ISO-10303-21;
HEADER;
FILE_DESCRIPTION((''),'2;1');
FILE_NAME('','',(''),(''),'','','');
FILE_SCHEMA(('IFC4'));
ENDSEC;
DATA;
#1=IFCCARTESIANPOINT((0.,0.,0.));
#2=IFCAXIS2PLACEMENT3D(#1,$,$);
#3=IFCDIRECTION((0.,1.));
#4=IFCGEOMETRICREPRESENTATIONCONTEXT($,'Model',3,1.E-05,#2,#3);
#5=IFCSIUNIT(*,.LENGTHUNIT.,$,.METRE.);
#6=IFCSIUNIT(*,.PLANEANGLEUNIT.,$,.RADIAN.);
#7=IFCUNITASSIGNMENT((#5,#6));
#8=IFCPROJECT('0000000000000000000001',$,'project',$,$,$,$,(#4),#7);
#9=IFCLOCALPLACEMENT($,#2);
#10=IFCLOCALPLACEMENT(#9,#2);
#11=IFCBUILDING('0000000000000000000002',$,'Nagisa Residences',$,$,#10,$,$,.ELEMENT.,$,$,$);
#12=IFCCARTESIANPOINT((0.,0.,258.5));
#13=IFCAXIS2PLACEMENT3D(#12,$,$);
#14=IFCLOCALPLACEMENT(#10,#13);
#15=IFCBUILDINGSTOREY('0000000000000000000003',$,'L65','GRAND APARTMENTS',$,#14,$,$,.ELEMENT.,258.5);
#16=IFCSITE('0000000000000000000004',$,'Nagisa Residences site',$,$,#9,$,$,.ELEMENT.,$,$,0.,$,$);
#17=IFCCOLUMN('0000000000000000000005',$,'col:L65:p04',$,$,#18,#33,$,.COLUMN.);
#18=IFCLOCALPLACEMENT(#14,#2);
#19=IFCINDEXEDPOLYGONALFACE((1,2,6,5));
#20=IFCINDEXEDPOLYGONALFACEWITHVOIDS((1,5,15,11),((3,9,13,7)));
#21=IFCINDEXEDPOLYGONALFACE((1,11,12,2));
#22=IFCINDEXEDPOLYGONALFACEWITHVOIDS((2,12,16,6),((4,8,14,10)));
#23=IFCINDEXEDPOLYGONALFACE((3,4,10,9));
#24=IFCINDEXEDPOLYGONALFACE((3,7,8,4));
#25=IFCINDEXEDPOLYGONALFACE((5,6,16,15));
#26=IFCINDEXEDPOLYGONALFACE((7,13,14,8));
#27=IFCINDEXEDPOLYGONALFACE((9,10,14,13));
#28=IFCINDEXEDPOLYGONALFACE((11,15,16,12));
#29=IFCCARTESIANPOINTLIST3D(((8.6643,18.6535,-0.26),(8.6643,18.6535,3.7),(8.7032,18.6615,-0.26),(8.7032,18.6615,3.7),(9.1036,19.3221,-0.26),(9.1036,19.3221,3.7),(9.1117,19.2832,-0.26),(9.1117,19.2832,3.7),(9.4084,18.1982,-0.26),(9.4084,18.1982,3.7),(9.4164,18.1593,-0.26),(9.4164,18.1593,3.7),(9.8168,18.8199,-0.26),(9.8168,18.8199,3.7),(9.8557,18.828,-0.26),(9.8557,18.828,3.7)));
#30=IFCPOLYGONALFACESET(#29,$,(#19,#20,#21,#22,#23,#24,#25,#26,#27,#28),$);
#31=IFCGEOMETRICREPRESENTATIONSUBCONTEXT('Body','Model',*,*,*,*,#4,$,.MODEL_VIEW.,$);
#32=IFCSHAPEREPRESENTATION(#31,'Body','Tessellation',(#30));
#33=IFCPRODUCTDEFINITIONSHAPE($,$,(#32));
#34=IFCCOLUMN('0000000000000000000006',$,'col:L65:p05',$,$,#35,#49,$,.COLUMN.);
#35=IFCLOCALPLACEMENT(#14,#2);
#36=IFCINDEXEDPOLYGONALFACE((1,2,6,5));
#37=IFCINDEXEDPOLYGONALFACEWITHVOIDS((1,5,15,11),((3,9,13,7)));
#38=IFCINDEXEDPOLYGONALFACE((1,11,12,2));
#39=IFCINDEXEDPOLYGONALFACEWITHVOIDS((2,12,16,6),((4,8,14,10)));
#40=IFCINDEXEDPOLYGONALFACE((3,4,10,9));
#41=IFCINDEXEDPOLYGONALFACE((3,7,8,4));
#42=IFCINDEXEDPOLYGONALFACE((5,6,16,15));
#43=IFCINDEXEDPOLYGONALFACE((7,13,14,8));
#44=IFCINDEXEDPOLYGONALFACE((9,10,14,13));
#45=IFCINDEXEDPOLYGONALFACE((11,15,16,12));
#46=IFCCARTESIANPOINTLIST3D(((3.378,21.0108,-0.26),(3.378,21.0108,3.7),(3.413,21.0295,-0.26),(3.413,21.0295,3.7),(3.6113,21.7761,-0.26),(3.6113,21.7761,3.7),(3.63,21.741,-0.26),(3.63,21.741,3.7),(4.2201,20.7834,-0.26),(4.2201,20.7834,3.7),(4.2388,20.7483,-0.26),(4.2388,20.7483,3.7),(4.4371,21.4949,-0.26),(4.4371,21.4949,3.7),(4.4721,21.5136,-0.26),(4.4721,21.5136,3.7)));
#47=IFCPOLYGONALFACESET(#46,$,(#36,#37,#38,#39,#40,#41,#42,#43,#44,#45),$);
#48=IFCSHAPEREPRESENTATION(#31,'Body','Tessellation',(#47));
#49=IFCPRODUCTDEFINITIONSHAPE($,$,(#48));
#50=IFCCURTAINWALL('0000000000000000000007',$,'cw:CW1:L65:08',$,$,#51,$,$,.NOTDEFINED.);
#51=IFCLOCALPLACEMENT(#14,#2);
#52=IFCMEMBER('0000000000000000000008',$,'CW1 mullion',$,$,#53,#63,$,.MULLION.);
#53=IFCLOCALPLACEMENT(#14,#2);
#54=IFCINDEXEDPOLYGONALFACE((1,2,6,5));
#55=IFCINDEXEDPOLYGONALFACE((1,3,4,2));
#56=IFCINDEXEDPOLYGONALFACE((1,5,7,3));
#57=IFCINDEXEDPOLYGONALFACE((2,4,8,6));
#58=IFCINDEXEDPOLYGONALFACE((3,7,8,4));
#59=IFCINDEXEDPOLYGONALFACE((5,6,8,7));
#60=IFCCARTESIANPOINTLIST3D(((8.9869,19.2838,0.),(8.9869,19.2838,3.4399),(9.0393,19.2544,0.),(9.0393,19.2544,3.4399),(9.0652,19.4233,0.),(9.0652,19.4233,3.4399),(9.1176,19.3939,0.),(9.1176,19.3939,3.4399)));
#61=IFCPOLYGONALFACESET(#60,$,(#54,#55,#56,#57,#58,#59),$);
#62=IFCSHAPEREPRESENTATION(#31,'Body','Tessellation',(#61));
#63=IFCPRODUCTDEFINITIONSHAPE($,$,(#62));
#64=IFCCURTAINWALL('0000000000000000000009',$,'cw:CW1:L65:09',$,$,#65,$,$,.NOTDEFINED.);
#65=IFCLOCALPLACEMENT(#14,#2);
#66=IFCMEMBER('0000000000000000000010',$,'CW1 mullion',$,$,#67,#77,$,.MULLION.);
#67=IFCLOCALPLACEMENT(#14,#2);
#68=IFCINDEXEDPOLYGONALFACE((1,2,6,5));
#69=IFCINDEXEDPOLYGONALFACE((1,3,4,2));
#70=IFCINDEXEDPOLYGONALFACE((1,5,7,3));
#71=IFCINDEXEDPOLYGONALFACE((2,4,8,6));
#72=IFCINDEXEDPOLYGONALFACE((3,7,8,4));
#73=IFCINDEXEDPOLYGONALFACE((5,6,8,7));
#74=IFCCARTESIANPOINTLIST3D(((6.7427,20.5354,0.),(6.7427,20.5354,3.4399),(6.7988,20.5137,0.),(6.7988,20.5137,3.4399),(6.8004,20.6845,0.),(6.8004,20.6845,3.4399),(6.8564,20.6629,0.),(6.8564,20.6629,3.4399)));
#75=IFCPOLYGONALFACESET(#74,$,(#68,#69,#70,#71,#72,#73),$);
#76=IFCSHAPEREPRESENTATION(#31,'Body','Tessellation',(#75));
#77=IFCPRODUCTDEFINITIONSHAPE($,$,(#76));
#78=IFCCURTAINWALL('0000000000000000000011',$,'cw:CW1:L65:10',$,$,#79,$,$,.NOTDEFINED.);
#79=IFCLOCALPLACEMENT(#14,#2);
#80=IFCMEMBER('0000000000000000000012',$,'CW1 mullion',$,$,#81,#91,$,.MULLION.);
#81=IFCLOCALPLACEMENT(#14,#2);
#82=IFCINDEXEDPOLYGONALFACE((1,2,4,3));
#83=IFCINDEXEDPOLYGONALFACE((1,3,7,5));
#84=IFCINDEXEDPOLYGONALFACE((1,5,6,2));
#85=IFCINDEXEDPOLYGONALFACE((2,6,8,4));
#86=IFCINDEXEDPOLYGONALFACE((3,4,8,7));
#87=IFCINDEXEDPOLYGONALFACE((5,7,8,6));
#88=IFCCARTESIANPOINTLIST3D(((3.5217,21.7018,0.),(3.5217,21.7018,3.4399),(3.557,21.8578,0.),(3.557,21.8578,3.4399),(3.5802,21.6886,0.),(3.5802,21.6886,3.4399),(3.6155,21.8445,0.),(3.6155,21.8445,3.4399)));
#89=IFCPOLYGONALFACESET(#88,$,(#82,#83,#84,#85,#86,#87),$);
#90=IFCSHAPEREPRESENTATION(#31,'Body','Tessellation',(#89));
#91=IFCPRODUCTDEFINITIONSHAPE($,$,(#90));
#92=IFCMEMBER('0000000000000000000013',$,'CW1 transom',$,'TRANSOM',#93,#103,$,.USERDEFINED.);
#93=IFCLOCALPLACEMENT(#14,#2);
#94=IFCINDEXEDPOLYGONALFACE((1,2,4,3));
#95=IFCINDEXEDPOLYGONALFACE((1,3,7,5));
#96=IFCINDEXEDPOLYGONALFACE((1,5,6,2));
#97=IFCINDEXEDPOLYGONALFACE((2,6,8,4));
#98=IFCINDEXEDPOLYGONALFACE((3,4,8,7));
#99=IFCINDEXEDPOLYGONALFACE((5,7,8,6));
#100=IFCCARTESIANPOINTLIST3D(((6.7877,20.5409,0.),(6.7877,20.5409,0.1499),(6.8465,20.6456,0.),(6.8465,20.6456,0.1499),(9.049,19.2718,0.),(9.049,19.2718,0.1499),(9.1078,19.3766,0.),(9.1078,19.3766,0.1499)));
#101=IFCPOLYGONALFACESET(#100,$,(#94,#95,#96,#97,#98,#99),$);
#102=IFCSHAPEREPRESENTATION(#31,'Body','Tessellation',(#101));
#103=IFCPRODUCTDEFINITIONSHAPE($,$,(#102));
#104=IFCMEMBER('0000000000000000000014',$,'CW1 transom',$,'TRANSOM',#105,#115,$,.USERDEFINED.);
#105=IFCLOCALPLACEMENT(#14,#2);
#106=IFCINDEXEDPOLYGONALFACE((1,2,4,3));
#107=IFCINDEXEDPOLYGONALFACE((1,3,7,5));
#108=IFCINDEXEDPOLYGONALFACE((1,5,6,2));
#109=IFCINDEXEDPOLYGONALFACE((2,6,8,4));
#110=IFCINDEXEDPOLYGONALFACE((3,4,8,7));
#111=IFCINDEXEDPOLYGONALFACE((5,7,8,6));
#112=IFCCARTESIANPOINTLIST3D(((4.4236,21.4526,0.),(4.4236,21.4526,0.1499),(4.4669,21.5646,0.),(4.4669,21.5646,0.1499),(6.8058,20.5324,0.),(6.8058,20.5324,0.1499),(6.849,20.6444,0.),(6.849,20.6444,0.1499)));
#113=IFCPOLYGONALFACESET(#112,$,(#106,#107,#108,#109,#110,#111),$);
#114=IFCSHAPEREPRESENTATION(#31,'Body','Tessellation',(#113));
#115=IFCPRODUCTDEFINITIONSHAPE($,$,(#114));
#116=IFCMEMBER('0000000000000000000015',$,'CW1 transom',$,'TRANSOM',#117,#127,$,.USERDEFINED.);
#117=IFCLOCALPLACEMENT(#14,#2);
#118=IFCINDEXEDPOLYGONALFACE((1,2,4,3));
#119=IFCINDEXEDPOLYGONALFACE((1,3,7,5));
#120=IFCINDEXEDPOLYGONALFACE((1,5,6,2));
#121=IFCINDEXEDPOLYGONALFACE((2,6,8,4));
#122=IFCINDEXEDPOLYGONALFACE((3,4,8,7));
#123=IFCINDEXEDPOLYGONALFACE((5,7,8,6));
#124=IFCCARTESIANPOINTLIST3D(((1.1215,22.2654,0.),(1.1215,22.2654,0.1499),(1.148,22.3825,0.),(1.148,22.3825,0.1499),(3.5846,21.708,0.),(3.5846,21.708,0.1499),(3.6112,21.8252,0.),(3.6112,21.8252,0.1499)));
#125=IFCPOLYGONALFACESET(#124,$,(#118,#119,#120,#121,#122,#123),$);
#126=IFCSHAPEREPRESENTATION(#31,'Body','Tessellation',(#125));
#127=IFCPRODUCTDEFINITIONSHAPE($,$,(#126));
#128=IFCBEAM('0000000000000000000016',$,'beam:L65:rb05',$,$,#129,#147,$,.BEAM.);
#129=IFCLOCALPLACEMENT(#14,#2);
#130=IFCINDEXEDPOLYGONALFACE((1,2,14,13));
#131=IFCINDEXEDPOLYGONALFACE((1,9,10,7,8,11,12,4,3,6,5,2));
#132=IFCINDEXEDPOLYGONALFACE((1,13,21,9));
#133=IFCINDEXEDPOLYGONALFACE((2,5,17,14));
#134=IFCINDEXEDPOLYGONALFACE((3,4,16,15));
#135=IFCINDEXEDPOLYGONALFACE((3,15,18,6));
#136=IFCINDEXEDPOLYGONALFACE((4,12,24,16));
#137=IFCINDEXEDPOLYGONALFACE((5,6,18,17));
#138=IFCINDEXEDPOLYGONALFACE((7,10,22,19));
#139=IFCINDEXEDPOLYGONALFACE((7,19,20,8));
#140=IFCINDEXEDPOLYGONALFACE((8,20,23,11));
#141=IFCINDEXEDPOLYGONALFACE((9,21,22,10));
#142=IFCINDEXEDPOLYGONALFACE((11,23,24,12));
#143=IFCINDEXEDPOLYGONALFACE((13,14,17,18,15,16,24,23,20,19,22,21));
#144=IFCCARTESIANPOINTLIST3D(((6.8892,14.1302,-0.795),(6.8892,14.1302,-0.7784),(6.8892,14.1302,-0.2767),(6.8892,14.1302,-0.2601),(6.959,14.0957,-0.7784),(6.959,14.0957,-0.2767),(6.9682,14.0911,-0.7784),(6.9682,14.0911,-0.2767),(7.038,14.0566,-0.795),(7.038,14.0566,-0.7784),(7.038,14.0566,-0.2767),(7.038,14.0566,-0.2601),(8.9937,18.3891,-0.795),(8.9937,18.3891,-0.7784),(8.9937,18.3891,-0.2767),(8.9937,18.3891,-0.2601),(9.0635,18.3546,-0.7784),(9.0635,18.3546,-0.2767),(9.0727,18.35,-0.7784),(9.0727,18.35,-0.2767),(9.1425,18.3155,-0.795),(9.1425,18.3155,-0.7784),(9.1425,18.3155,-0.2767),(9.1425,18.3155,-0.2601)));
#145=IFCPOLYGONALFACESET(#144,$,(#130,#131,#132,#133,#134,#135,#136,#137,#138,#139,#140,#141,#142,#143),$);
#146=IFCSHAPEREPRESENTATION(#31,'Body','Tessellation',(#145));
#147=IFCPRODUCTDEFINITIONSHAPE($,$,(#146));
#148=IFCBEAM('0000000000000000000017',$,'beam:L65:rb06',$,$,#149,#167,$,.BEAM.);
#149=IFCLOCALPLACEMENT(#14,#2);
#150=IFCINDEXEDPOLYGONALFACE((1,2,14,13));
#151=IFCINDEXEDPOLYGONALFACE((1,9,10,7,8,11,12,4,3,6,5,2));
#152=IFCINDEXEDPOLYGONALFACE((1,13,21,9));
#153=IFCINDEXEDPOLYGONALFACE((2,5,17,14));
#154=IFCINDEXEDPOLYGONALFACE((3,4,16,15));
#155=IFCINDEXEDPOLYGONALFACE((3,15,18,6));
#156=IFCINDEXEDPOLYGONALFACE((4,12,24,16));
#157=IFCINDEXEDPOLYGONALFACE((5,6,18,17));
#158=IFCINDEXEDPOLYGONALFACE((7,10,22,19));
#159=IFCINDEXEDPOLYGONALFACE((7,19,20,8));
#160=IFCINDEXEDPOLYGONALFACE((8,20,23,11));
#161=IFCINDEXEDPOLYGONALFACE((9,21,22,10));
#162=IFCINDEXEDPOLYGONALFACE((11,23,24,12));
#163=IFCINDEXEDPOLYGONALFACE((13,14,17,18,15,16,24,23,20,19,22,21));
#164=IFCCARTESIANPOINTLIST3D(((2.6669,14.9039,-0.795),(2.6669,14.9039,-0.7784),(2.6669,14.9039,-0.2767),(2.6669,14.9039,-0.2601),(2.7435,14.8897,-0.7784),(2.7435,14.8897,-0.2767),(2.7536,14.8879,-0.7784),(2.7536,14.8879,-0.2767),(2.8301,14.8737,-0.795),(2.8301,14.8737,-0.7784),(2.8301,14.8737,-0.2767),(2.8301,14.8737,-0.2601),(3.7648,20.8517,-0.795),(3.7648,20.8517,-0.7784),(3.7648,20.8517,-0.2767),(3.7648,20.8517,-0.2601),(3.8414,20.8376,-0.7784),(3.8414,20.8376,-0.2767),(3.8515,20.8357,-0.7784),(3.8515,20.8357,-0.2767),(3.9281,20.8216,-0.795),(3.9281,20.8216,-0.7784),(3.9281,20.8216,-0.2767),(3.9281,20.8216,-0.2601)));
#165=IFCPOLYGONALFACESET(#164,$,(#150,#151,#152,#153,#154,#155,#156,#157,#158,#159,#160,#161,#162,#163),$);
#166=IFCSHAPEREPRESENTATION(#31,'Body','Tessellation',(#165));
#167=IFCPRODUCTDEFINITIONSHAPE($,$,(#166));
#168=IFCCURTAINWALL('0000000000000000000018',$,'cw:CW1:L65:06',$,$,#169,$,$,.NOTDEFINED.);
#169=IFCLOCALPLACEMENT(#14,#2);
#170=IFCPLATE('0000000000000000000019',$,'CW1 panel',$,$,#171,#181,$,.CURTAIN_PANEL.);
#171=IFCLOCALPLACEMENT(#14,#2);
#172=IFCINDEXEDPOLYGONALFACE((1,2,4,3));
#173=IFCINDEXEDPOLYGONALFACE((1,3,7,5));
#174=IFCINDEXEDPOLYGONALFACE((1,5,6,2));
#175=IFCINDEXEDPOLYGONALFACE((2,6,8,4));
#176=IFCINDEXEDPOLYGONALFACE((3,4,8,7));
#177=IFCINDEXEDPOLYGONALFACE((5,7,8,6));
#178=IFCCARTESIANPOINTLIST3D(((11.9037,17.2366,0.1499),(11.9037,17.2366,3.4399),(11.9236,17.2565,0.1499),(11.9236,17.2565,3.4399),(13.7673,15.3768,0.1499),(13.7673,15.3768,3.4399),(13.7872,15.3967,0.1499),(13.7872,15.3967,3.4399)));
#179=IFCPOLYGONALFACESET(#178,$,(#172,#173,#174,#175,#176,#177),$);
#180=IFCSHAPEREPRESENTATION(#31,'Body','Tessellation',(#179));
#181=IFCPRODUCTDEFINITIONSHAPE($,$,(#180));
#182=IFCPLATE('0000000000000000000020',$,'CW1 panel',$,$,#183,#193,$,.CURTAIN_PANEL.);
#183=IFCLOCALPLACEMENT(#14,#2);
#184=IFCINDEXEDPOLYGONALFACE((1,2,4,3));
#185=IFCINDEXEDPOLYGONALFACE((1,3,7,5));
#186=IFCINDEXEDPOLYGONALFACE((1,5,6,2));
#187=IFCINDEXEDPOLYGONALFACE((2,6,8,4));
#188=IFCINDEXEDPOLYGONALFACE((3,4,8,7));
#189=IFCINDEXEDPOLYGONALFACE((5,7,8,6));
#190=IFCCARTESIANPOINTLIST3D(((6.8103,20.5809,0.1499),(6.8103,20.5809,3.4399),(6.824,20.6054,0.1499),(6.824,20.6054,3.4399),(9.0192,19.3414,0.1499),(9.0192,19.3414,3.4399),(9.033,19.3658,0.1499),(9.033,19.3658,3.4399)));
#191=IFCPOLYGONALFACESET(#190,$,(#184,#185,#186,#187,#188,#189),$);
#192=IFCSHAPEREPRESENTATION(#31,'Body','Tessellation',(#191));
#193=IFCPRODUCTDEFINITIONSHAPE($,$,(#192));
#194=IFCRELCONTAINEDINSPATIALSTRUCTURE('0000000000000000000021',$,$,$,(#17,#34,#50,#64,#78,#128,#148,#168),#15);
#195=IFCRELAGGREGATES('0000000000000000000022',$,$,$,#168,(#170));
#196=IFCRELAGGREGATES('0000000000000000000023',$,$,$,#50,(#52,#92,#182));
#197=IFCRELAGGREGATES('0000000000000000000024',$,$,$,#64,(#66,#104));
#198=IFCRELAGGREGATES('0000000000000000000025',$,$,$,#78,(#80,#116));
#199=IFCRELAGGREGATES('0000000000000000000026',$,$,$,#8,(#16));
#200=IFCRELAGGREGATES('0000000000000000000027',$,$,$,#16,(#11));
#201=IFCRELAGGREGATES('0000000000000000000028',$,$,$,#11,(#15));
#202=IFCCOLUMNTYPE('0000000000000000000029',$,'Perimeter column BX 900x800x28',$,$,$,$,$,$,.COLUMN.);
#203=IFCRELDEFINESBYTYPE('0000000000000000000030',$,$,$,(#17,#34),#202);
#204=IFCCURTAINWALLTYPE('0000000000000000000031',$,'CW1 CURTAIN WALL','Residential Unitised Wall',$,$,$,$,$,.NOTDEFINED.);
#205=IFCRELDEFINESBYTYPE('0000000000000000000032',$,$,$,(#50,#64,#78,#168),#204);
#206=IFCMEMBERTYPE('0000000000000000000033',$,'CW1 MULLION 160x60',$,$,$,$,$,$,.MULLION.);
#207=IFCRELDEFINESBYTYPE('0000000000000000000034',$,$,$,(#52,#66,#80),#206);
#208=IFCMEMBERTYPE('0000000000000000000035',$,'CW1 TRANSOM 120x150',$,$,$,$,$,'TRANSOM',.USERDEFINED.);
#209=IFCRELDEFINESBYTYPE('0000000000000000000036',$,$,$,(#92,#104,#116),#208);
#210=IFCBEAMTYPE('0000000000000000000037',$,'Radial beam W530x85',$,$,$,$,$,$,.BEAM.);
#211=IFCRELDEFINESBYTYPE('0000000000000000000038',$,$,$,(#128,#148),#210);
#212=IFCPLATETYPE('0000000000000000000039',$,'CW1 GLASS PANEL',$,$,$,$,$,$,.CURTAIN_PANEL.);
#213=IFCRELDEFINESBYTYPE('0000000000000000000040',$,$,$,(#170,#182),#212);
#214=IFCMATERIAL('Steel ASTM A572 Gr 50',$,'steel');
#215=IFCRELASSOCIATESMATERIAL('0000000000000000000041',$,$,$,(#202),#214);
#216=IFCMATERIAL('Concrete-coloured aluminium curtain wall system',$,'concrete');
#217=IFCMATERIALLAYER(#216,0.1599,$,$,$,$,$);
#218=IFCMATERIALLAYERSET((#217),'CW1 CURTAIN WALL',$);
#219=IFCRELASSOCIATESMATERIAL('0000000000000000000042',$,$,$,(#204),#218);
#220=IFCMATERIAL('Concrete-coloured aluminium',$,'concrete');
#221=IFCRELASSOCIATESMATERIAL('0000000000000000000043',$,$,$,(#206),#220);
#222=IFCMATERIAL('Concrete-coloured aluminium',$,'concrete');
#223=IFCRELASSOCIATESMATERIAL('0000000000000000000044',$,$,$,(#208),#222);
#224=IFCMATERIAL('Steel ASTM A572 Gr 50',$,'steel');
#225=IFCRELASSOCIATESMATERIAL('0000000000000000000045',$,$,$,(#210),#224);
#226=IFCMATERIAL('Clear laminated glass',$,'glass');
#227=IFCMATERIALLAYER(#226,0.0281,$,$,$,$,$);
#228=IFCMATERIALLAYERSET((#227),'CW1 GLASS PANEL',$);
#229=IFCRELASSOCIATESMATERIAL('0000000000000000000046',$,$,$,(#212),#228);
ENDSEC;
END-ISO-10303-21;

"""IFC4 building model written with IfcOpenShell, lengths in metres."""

from ifc_helpers import new_model, si_unit, direction, frame, origin, origin_2d, place, context, subcontext, project, spatial, rectangle, hollow_rectangle, i_section, extrude, material, layer, layer_set, material_profile, profile_set, type_object, element, aggregate, save


model = new_model("IFC4")

# Units and contexts
model_context = context("Model", 3, precision=1e-05, world=origin(), true_north=direction((0.0, 1.0)))
body_context = subcontext(model_context, "Body", "Model", "MODEL_VIEW")
ifc_project = project(units=[si_unit("LENGTHUNIT", "METRE"), si_unit("PLANEANGLEUNIT", "RADIAN")], contexts=[model_context])

# Site, building, storey
site_placement = place(None, origin())
site = spatial("IfcSite", under=ifc_project, at=site_placement, Name="Nagisa Residences site", CompositionType="ELEMENT", RefElevation=0.0)
building_placement = place(site_placement, origin())
building = spatial("IfcBuilding", under=site, at=building_placement, Name="Nagisa Residences", CompositionType="ELEMENT")
storey_placement = place(building_placement, frame((0.0, 0.0, 258.5)))
storey = spatial("IfcBuildingStorey", under=building, at=storey_placement, Name="L65", Description="GRAND APARTMENTS", CompositionType="ELEMENT", Elevation=258.5)

# Columns
ifc_material_1 = material(Name="Steel ASTM A572 Gr 50", Category="steel")
ifc_material_profile_1 = material_profile(ifc_material_1, hollow_rectangle(XDim=0.8999, YDim=0.8, WallThickness=0.0281, at=origin_2d()), Name="BX 900x800x28")
ifc_profile_set_1 = profile_set([ifc_material_profile_1], Name="Steel ASTM A572 Gr 50")
column_type = type_object("IfcColumnType", Name="Perimeter column BX 900x800x28", PredefinedType="COLUMN", material=ifc_profile_set_1)
for number, where, z_axis, x_axis, name in (
    (1, (9.26, 18.7407, -0.26), (0.0, 0.0, 1.0), (-0.835766, 0.549086, 0.0), "col:L65:p04"),
    (2, (3.925, 21.2622, -0.26), (0.0, 0.0, 1.0), (-0.956525, 0.291652, 0.0), "col:L65:p05"),
):
    element("IfcColumn", number, at=place(storey_placement, frame(where, z_axis=z_axis, x_axis=x_axis)), inside=storey, type_object=column_type, Name=name, PredefinedType="COLUMN", context=body_context, shape_type="SweptSolid", body=[
        extrude(hollow_rectangle(XDim=0.8999, YDim=0.8, WallThickness=0.0281, at=origin_2d()), origin(), (0.0, 0.0, 1.0), 3.96),
    ])

# Curtain walls, members
ifc_material_2 = material(Name="Concrete-coloured aluminium curtain wall system", Category="concrete")
ifc_layer_1 = layer(ifc_material_2, 0.1599)
ifc_layer_set_1 = layer_set([ifc_layer_1], Name="CW1 CURTAIN WALL")
curtain_wall_type = type_object("IfcCurtainWallType", Name="CW1 CURTAIN WALL", Description="Residential Unitised Wall", PredefinedType="NOTDEFINED", material=ifc_layer_set_1)
curtain_wall_1_placement = place(storey_placement, origin())
curtain_wall_1 = element("IfcCurtainWall", 3, at=curtain_wall_1_placement, inside=storey, type_object=curtain_wall_type, Name="cw:CW1:L65:08", PredefinedType="NOTDEFINED")
ifc_material_3 = material(Name="Concrete-coloured aluminium", Category="concrete")
ifc_material_profile_2 = material_profile(ifc_material_3, rectangle(XDim=0.1599, YDim=0.0601, at=origin_2d()), Name="CW1 MULLION 160x60")
ifc_profile_set_2 = profile_set([ifc_material_profile_2], Name="Concrete-coloured aluminium")
member_type_1 = type_object("IfcMemberType", Name="CW1 MULLION 160x60", PredefinedType="MULLION", material=ifc_profile_set_2)
member_1_placement = place(storey_placement, frame((9.0522, 19.3389, 0.0), z_axis=(0.0, 0.0, 1.0), x_axis=(-0.489377, -0.872072, 0.0)))
member_1 = element("IfcMember", 4, at=member_1_placement, type_object=member_type_1, Name="CW1 mullion", PredefinedType="MULLION", context=body_context, shape_type="SweptSolid", body=[
    extrude(rectangle(XDim=0.1599, YDim=0.0601, at=origin_2d()), origin(), (0.0, 0.0, 1.0), 3.4399),
])
curtain_wall_2_placement = place(storey_placement, origin())
curtain_wall_2 = element("IfcCurtainWall", 5, at=curtain_wall_2_placement, inside=storey, type_object=curtain_wall_type, Name="cw:CW1:L65:09", PredefinedType="NOTDEFINED")
member_2_placement = place(storey_placement, frame((6.7996, 20.5991, 0.0), z_axis=(0.0, 0.0, 1.0), x_axis=(-0.360328, -0.932826, 0.0)))
member_2 = element("IfcMember", 6, at=member_2_placement, type_object=member_type_1, Name="CW1 mullion", PredefinedType="MULLION", context=body_context, shape_type="SweptSolid", body=[
    extrude(rectangle(XDim=0.1599, YDim=0.0601, at=origin_2d()), origin(), (0.0, 0.0, 1.0), 3.4399),
])
curtain_wall_3_placement = place(storey_placement, origin())
curtain_wall_3 = element("IfcCurtainWall", 7, at=curtain_wall_3_placement, inside=storey, type_object=curtain_wall_type, Name="cw:CW1:L65:10", PredefinedType="NOTDEFINED")
member_3_placement = place(storey_placement, frame((3.5686, 21.7732, 0.0), z_axis=(0.0, 0.0, 1.0), x_axis=(-0.220764, -0.975327, 0.0)))
member_3 = element("IfcMember", 8, at=member_3_placement, type_object=member_type_1, Name="CW1 mullion", PredefinedType="MULLION", context=body_context, shape_type="SweptSolid", body=[
    extrude(rectangle(XDim=0.1599, YDim=0.0601, at=origin_2d()), origin(), (0.0, 0.0, 1.0), 3.4399),
])

# Members
ifc_material_4 = material(Name="Concrete-coloured aluminium", Category="concrete")
ifc_material_profile_3 = material_profile(ifc_material_4, rectangle(XDim=0.1201, YDim=0.1499, at=origin_2d()), Name="CW1 TRANSOM 120x150")
ifc_profile_set_3 = profile_set([ifc_material_profile_3], Name="Concrete-coloured aluminium")
member_type_2 = type_object("IfcMemberType", Name="CW1 TRANSOM 120x150", ElementType="TRANSOM", PredefinedType="USERDEFINED", material=ifc_profile_set_3)
member_4_placement = place(storey_placement, frame((9.0784, 19.3242, 0.075), z_axis=(-0.872053, 0.489412, 0.0), x_axis=(-0.489412, -0.872053, 0.0)))
member_4 = element("IfcMember", 9, at=member_4_placement, type_object=member_type_2, Name="CW1 transom", ObjectType="TRANSOM", PredefinedType="USERDEFINED", context=body_context, shape_type="SweptSolid", body=[
    extrude(rectangle(XDim=0.1201, YDim=0.1499, at=origin_2d()), origin(), (0.0, 0.0, 1.0), 2.593),
])
member_5_placement = place(storey_placement, frame((6.8274, 20.5884, 0.075), z_axis=(-0.932822, 0.360337, 0.0), x_axis=(-0.360337, -0.932822, 0.0)))
member_5 = element("IfcMember", 10, at=member_5_placement, type_object=member_type_2, Name="CW1 transom", ObjectType="TRANSOM", PredefinedType="USERDEFINED", context=body_context, shape_type="SweptSolid", body=[
    extrude(rectangle(XDim=0.1201, YDim=0.1499, at=origin_2d()), origin(), (0.0, 0.0, 1.0), 2.5537),
])
member_6_placement = place(storey_placement, frame((3.5979, 21.7666, 0.075), z_axis=(-0.97534, 0.220706, 0.0), x_axis=(-0.220706, -0.97534, 0.0)))
member_6 = element("IfcMember", 11, at=member_6_placement, type_object=member_type_2, Name="CW1 transom", ObjectType="TRANSOM", PredefinedType="USERDEFINED", context=body_context, shape_type="SweptSolid", body=[
    extrude(rectangle(XDim=0.1201, YDim=0.1499, at=origin_2d()), origin(), (0.0, 0.0, 1.0), 2.5254),
])

# Beams
ifc_material_5 = material(Name="Steel ASTM A572 Gr 50", Category="steel")
ifc_material_profile_4 = material_profile(ifc_material_5, i_section(OverallWidth=0.166, OverallDepth=0.5349, WebThickness=0.0103, FlangeThickness=0.0166, at=origin_2d()), Name="W530x85")
ifc_profile_set_4 = profile_set([ifc_material_profile_4], Name="Steel ASTM A572 Gr 50")
beam_type = type_object("IfcBeamType", Name="Radial beam W530x85", PredefinedType="BEAM", material=ifc_profile_set_4)
beam_1_placement = place(storey_placement, frame((9.0681, 18.3523, -0.5276), z_axis=(-0.443015, -0.896514, 0.0), x_axis=(0.896514, -0.443015, 0.0)))
element("IfcBeam", 12, at=beam_1_placement, inside=storey, type_object=beam_type, Name="beam:L65:rb05", PredefinedType="BEAM", context=body_context, shape_type="SweptSolid", body=[
    extrude(i_section(OverallWidth=0.166, OverallDepth=0.5349, WebThickness=0.0103, FlangeThickness=0.0166, at=origin_2d()), origin(), (0.0, 0.0, 1.0), 4.7505),
])
beam_2_placement = place(storey_placement, frame((3.8464, 20.8367, -0.5276), z_axis=(-0.181524, -0.983387, 0.0), x_axis=(0.983387, -0.181524, 0.0)))
element("IfcBeam", 13, at=beam_2_placement, inside=storey, type_object=beam_type, Name="beam:L65:rb06", PredefinedType="BEAM", context=body_context, shape_type="SweptSolid", body=[
    extrude(i_section(OverallWidth=0.166, OverallDepth=0.5349, WebThickness=0.0103, FlangeThickness=0.0166, at=origin_2d()), origin(), (0.0, 0.0, 1.0), 6.0483),
])

# Curtain wall, plate
curtain_wall_4_placement = place(storey_placement, origin())
curtain_wall_4 = element("IfcCurtainWall", 14, at=curtain_wall_4_placement, inside=storey, type_object=curtain_wall_type, Name="cw:CW1:L65:06", PredefinedType="NOTDEFINED")
ifc_material_6 = material(Name="Clear laminated glass", Category="glass")
ifc_layer_2 = layer(ifc_material_6, 0.0281)
ifc_layer_set_2 = layer_set([ifc_layer_2], Name="CW1 GLASS PANEL")
plate_type = type_object("IfcPlateType", Name="CW1 GLASS PANEL", PredefinedType="CURTAIN_PANEL", material=ifc_layer_set_2)
plate_1_placement = place(storey_placement, frame((12.8455, 16.3167, 0.1499), z_axis=(0.0, 0.0, 1.0), x_axis=(-0.707836, 0.706377, 0.0)))
plate_1 = element("IfcPlate", 15, at=plate_1_placement, type_object=plate_type, Name="CW1 panel", PredefinedType="CURTAIN_PANEL", context=body_context, shape_type="SweptSolid", body=[
    extrude(rectangle(XDim=2.6328, YDim=0.0281, at=origin_2d()), origin(), (0.0, 0.0, 1.0), 3.29),
])
aggregate(curtain_wall_4, [plate_1])

# Plate
plate_2_placement = place(storey_placement, frame((7.9216, 19.9734, 0.1499), z_axis=(0.0, 0.0, 1.0), x_axis=(-0.872072, 0.489377, 0.0)))
plate_2 = element("IfcPlate", 16, at=plate_2_placement, type_object=plate_type, Name="CW1 panel", PredefinedType="CURTAIN_PANEL", context=body_context, shape_type="SweptSolid", body=[
    extrude(rectangle(XDim=2.533, YDim=0.0281, at=origin_2d()), origin(), (0.0, 0.0, 1.0), 3.29),
])
aggregate(curtain_wall_1, [member_1, member_4, plate_2])
aggregate(curtain_wall_2, [member_2, member_5])
aggregate(curtain_wall_3, [member_3, member_6])

save(model, "model.ifc")
